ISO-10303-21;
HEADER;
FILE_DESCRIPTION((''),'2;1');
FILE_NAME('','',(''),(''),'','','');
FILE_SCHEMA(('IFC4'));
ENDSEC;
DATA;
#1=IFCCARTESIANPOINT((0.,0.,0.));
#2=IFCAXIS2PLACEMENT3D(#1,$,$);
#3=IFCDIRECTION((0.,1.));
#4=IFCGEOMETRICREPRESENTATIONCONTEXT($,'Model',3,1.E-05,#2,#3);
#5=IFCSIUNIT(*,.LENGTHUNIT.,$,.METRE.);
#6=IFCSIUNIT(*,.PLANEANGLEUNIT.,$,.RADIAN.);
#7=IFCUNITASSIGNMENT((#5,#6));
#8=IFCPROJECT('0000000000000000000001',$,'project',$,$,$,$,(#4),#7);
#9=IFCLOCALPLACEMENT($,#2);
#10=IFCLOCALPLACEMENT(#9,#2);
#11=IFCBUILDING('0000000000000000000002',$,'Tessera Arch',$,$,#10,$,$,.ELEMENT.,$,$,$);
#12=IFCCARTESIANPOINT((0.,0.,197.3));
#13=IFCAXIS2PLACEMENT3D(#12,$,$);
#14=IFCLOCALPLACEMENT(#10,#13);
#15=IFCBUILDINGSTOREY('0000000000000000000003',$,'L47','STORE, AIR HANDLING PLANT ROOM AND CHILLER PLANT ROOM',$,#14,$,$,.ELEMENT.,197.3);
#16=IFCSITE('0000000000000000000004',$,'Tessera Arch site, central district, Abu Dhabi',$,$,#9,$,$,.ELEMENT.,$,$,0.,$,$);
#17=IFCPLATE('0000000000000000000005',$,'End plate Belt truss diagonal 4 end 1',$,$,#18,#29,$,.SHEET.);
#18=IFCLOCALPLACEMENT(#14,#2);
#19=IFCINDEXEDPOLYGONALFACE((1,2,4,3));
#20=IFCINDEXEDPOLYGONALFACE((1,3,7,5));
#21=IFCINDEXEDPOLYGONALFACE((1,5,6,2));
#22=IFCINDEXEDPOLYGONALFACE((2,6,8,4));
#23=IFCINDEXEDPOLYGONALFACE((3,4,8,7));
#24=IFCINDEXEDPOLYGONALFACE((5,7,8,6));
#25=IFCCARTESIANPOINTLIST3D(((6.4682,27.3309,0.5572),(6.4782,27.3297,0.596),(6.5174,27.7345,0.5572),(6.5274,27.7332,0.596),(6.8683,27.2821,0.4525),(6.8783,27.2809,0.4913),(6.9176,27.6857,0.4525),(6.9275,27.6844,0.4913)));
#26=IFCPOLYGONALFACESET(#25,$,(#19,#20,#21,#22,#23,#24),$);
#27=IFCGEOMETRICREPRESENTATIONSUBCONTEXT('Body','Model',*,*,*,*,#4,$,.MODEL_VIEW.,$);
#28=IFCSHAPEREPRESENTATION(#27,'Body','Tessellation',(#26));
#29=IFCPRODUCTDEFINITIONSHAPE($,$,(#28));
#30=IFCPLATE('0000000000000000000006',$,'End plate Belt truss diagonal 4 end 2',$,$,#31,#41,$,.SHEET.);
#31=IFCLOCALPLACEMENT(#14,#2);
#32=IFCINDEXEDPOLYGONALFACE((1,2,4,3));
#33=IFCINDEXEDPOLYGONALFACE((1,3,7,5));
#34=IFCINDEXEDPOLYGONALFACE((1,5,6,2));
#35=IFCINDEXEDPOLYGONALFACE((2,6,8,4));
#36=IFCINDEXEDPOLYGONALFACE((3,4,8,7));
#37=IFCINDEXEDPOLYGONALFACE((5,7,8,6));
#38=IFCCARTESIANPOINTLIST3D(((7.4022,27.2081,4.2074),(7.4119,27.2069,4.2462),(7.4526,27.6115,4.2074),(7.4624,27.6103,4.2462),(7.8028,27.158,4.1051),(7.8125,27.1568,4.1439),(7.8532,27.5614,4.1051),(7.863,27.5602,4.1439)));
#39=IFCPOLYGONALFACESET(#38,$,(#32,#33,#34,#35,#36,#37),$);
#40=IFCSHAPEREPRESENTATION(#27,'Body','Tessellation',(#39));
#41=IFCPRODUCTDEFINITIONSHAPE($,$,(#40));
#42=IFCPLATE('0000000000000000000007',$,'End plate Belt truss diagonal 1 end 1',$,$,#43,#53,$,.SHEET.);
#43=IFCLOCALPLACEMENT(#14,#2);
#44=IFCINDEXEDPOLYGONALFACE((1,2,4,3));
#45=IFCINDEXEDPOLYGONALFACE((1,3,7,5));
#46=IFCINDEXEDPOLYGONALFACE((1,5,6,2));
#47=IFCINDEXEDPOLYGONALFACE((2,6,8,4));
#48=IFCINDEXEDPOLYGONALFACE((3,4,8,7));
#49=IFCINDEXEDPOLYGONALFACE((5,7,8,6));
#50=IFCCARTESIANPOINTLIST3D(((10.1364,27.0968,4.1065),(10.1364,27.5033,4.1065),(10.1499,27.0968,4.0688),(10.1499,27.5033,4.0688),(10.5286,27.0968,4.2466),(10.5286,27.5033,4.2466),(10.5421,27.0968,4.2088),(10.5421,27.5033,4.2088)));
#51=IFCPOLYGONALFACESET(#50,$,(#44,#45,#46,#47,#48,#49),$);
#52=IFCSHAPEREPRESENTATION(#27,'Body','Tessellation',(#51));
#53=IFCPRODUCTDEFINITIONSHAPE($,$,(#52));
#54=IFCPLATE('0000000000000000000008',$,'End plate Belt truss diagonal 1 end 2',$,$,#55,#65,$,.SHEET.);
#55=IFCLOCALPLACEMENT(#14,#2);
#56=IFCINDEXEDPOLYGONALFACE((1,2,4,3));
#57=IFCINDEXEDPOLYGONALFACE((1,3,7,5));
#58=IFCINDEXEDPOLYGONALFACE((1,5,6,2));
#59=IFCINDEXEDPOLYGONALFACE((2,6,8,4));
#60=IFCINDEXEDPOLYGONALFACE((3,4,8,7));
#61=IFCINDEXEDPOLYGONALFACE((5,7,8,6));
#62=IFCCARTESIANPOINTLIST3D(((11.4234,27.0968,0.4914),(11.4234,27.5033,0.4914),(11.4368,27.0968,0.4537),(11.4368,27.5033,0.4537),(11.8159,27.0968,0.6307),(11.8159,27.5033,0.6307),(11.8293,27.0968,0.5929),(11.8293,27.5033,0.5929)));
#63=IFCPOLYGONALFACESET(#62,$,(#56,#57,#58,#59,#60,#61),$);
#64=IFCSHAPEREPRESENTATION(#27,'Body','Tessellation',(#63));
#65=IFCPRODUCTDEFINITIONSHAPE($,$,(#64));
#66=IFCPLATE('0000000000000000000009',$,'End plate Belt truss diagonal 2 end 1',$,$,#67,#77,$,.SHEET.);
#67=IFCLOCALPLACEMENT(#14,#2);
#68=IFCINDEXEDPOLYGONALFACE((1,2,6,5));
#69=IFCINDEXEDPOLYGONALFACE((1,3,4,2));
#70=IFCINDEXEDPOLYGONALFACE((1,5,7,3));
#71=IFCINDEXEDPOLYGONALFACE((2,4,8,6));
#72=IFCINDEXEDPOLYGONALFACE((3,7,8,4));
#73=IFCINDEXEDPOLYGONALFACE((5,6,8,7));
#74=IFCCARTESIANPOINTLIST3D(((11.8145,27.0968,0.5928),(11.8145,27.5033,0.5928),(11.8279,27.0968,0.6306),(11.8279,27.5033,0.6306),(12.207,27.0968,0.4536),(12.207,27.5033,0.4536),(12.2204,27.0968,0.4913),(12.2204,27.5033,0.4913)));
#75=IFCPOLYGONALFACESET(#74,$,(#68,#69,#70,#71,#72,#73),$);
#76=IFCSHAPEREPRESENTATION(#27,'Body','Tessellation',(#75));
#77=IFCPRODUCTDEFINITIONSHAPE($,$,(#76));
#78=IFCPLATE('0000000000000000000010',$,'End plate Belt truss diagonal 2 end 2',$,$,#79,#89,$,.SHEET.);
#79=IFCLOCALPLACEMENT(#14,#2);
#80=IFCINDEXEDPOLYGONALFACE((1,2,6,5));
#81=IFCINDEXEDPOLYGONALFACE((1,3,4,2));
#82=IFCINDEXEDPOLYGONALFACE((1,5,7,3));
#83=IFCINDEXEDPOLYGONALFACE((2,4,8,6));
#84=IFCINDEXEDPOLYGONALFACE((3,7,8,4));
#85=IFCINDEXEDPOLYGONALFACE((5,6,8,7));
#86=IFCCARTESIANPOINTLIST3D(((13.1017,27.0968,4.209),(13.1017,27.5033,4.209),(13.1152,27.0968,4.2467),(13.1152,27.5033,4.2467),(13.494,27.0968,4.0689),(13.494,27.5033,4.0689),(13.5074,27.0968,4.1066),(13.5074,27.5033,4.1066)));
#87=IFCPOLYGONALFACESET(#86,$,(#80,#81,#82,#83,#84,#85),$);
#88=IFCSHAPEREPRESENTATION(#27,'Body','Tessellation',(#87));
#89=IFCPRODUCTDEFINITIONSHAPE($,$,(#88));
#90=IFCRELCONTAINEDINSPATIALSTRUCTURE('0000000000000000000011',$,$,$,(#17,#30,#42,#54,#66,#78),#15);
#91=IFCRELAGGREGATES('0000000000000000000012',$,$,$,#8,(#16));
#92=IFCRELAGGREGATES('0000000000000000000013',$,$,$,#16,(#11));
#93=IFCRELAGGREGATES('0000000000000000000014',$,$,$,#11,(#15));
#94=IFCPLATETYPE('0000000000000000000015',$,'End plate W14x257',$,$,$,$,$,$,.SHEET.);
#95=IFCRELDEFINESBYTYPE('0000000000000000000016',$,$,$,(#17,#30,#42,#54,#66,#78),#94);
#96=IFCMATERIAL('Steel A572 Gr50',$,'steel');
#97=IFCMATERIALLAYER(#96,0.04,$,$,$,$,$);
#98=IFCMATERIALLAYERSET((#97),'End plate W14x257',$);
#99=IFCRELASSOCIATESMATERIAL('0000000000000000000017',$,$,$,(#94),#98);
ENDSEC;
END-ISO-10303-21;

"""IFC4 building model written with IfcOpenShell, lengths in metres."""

from ifc_helpers import new_model, si_unit, direction, frame, origin, origin_2d, place, context, subcontext, project, spatial, rectangle, extrude, material, layer, layer_set, type_object, element, save


model = new_model("IFC4")

# Units and contexts
model_context = context("Model", 3, precision=1e-05, world=origin(), true_north=direction((0.0, 1.0)))
body_context = subcontext(model_context, "Body", "Model", "MODEL_VIEW")
ifc_project = project(units=[si_unit("LENGTHUNIT", "METRE"), si_unit("PLANEANGLEUNIT", "RADIAN")], contexts=[model_context])

# Site, building, storey
site_placement = place(None, origin())
site = spatial("IfcSite", under=ifc_project, at=site_placement, Name="Tessera Arch site, central district, Abu Dhabi", CompositionType="ELEMENT", RefElevation=0.0)
building_placement = place(site_placement, origin())
building = spatial("IfcBuilding", under=site, at=building_placement, Name="Tessera Arch", CompositionType="ELEMENT")
storey_placement = place(building_placement, frame((0.0, 0.0, 197.3)))
storey = spatial("IfcBuildingStorey", under=building, at=storey_placement, Name="L47", Description="STORE, AIR HANDLING PLANT ROOM AND CHILLER PLANT ROOM", CompositionType="ELEMENT", Elevation=197.3)

# Plates
ifc_material_1 = material(Name="Steel A572 Gr50", Category="steel")
ifc_layer_1 = layer(ifc_material_1, 0.04)
ifc_layer_set_1 = layer_set([ifc_layer_1], Name="End plate W14x257")
plate_type_1 = type_object("IfcPlateType", Name="End plate W14x257", PredefinedType="SHEET", material=ifc_layer_set_1)
for number, where, z_axis, x_axis, name in (
    (1, (6.6929, 27.5083, 0.5049), (0.249578, -0.030436, 0.967876), (0.121054, 0.992646, 0.0), "End plate Belt truss diagonal 4 end 1"),
    (2, (7.6277, 27.3848, 4.1562), (0.243857, -0.030482, 0.969332), (0.124035, 0.992278, 0.0), "End plate Belt truss diagonal 4 end 2"),
    (3, (10.3325, 27.3, 4.1765), (0.336336, 0.0, -0.941742), (0.0, 1.0, 0.0), "End plate Belt truss diagonal 1 end 1"),
    (4, (11.6196, 27.3, 0.561), (0.33441, 0.0, -0.942428), (0.0, 1.0, 0.0), "End plate Belt truss diagonal 1 end 2"),
    (5, (12.0107, 27.3, 0.5232), (0.33441, 0.0, 0.942428), (0.0, 1.0, 0.0), "End plate Belt truss diagonal 2 end 1"),
    (6, (13.2979, 27.3, 4.1389), (0.336336, 0.0, 0.941742), (0.0, 1.0, 0.0), "End plate Belt truss diagonal 2 end 2"),
):
    element("IfcPlate", number, at=place(storey_placement, frame(where, z_axis=z_axis, x_axis=x_axis)), inside=storey, type_object=plate_type_1, Name=name, PredefinedType="SHEET", context=body_context, shape_type="SweptSolid", body=[
        extrude(rectangle(XDim=0.4065, YDim=0.4165, at=origin_2d()), origin(), (0.0, 0.0, 1.0), 0.04),
    ])

save(model, "model.ifc")
